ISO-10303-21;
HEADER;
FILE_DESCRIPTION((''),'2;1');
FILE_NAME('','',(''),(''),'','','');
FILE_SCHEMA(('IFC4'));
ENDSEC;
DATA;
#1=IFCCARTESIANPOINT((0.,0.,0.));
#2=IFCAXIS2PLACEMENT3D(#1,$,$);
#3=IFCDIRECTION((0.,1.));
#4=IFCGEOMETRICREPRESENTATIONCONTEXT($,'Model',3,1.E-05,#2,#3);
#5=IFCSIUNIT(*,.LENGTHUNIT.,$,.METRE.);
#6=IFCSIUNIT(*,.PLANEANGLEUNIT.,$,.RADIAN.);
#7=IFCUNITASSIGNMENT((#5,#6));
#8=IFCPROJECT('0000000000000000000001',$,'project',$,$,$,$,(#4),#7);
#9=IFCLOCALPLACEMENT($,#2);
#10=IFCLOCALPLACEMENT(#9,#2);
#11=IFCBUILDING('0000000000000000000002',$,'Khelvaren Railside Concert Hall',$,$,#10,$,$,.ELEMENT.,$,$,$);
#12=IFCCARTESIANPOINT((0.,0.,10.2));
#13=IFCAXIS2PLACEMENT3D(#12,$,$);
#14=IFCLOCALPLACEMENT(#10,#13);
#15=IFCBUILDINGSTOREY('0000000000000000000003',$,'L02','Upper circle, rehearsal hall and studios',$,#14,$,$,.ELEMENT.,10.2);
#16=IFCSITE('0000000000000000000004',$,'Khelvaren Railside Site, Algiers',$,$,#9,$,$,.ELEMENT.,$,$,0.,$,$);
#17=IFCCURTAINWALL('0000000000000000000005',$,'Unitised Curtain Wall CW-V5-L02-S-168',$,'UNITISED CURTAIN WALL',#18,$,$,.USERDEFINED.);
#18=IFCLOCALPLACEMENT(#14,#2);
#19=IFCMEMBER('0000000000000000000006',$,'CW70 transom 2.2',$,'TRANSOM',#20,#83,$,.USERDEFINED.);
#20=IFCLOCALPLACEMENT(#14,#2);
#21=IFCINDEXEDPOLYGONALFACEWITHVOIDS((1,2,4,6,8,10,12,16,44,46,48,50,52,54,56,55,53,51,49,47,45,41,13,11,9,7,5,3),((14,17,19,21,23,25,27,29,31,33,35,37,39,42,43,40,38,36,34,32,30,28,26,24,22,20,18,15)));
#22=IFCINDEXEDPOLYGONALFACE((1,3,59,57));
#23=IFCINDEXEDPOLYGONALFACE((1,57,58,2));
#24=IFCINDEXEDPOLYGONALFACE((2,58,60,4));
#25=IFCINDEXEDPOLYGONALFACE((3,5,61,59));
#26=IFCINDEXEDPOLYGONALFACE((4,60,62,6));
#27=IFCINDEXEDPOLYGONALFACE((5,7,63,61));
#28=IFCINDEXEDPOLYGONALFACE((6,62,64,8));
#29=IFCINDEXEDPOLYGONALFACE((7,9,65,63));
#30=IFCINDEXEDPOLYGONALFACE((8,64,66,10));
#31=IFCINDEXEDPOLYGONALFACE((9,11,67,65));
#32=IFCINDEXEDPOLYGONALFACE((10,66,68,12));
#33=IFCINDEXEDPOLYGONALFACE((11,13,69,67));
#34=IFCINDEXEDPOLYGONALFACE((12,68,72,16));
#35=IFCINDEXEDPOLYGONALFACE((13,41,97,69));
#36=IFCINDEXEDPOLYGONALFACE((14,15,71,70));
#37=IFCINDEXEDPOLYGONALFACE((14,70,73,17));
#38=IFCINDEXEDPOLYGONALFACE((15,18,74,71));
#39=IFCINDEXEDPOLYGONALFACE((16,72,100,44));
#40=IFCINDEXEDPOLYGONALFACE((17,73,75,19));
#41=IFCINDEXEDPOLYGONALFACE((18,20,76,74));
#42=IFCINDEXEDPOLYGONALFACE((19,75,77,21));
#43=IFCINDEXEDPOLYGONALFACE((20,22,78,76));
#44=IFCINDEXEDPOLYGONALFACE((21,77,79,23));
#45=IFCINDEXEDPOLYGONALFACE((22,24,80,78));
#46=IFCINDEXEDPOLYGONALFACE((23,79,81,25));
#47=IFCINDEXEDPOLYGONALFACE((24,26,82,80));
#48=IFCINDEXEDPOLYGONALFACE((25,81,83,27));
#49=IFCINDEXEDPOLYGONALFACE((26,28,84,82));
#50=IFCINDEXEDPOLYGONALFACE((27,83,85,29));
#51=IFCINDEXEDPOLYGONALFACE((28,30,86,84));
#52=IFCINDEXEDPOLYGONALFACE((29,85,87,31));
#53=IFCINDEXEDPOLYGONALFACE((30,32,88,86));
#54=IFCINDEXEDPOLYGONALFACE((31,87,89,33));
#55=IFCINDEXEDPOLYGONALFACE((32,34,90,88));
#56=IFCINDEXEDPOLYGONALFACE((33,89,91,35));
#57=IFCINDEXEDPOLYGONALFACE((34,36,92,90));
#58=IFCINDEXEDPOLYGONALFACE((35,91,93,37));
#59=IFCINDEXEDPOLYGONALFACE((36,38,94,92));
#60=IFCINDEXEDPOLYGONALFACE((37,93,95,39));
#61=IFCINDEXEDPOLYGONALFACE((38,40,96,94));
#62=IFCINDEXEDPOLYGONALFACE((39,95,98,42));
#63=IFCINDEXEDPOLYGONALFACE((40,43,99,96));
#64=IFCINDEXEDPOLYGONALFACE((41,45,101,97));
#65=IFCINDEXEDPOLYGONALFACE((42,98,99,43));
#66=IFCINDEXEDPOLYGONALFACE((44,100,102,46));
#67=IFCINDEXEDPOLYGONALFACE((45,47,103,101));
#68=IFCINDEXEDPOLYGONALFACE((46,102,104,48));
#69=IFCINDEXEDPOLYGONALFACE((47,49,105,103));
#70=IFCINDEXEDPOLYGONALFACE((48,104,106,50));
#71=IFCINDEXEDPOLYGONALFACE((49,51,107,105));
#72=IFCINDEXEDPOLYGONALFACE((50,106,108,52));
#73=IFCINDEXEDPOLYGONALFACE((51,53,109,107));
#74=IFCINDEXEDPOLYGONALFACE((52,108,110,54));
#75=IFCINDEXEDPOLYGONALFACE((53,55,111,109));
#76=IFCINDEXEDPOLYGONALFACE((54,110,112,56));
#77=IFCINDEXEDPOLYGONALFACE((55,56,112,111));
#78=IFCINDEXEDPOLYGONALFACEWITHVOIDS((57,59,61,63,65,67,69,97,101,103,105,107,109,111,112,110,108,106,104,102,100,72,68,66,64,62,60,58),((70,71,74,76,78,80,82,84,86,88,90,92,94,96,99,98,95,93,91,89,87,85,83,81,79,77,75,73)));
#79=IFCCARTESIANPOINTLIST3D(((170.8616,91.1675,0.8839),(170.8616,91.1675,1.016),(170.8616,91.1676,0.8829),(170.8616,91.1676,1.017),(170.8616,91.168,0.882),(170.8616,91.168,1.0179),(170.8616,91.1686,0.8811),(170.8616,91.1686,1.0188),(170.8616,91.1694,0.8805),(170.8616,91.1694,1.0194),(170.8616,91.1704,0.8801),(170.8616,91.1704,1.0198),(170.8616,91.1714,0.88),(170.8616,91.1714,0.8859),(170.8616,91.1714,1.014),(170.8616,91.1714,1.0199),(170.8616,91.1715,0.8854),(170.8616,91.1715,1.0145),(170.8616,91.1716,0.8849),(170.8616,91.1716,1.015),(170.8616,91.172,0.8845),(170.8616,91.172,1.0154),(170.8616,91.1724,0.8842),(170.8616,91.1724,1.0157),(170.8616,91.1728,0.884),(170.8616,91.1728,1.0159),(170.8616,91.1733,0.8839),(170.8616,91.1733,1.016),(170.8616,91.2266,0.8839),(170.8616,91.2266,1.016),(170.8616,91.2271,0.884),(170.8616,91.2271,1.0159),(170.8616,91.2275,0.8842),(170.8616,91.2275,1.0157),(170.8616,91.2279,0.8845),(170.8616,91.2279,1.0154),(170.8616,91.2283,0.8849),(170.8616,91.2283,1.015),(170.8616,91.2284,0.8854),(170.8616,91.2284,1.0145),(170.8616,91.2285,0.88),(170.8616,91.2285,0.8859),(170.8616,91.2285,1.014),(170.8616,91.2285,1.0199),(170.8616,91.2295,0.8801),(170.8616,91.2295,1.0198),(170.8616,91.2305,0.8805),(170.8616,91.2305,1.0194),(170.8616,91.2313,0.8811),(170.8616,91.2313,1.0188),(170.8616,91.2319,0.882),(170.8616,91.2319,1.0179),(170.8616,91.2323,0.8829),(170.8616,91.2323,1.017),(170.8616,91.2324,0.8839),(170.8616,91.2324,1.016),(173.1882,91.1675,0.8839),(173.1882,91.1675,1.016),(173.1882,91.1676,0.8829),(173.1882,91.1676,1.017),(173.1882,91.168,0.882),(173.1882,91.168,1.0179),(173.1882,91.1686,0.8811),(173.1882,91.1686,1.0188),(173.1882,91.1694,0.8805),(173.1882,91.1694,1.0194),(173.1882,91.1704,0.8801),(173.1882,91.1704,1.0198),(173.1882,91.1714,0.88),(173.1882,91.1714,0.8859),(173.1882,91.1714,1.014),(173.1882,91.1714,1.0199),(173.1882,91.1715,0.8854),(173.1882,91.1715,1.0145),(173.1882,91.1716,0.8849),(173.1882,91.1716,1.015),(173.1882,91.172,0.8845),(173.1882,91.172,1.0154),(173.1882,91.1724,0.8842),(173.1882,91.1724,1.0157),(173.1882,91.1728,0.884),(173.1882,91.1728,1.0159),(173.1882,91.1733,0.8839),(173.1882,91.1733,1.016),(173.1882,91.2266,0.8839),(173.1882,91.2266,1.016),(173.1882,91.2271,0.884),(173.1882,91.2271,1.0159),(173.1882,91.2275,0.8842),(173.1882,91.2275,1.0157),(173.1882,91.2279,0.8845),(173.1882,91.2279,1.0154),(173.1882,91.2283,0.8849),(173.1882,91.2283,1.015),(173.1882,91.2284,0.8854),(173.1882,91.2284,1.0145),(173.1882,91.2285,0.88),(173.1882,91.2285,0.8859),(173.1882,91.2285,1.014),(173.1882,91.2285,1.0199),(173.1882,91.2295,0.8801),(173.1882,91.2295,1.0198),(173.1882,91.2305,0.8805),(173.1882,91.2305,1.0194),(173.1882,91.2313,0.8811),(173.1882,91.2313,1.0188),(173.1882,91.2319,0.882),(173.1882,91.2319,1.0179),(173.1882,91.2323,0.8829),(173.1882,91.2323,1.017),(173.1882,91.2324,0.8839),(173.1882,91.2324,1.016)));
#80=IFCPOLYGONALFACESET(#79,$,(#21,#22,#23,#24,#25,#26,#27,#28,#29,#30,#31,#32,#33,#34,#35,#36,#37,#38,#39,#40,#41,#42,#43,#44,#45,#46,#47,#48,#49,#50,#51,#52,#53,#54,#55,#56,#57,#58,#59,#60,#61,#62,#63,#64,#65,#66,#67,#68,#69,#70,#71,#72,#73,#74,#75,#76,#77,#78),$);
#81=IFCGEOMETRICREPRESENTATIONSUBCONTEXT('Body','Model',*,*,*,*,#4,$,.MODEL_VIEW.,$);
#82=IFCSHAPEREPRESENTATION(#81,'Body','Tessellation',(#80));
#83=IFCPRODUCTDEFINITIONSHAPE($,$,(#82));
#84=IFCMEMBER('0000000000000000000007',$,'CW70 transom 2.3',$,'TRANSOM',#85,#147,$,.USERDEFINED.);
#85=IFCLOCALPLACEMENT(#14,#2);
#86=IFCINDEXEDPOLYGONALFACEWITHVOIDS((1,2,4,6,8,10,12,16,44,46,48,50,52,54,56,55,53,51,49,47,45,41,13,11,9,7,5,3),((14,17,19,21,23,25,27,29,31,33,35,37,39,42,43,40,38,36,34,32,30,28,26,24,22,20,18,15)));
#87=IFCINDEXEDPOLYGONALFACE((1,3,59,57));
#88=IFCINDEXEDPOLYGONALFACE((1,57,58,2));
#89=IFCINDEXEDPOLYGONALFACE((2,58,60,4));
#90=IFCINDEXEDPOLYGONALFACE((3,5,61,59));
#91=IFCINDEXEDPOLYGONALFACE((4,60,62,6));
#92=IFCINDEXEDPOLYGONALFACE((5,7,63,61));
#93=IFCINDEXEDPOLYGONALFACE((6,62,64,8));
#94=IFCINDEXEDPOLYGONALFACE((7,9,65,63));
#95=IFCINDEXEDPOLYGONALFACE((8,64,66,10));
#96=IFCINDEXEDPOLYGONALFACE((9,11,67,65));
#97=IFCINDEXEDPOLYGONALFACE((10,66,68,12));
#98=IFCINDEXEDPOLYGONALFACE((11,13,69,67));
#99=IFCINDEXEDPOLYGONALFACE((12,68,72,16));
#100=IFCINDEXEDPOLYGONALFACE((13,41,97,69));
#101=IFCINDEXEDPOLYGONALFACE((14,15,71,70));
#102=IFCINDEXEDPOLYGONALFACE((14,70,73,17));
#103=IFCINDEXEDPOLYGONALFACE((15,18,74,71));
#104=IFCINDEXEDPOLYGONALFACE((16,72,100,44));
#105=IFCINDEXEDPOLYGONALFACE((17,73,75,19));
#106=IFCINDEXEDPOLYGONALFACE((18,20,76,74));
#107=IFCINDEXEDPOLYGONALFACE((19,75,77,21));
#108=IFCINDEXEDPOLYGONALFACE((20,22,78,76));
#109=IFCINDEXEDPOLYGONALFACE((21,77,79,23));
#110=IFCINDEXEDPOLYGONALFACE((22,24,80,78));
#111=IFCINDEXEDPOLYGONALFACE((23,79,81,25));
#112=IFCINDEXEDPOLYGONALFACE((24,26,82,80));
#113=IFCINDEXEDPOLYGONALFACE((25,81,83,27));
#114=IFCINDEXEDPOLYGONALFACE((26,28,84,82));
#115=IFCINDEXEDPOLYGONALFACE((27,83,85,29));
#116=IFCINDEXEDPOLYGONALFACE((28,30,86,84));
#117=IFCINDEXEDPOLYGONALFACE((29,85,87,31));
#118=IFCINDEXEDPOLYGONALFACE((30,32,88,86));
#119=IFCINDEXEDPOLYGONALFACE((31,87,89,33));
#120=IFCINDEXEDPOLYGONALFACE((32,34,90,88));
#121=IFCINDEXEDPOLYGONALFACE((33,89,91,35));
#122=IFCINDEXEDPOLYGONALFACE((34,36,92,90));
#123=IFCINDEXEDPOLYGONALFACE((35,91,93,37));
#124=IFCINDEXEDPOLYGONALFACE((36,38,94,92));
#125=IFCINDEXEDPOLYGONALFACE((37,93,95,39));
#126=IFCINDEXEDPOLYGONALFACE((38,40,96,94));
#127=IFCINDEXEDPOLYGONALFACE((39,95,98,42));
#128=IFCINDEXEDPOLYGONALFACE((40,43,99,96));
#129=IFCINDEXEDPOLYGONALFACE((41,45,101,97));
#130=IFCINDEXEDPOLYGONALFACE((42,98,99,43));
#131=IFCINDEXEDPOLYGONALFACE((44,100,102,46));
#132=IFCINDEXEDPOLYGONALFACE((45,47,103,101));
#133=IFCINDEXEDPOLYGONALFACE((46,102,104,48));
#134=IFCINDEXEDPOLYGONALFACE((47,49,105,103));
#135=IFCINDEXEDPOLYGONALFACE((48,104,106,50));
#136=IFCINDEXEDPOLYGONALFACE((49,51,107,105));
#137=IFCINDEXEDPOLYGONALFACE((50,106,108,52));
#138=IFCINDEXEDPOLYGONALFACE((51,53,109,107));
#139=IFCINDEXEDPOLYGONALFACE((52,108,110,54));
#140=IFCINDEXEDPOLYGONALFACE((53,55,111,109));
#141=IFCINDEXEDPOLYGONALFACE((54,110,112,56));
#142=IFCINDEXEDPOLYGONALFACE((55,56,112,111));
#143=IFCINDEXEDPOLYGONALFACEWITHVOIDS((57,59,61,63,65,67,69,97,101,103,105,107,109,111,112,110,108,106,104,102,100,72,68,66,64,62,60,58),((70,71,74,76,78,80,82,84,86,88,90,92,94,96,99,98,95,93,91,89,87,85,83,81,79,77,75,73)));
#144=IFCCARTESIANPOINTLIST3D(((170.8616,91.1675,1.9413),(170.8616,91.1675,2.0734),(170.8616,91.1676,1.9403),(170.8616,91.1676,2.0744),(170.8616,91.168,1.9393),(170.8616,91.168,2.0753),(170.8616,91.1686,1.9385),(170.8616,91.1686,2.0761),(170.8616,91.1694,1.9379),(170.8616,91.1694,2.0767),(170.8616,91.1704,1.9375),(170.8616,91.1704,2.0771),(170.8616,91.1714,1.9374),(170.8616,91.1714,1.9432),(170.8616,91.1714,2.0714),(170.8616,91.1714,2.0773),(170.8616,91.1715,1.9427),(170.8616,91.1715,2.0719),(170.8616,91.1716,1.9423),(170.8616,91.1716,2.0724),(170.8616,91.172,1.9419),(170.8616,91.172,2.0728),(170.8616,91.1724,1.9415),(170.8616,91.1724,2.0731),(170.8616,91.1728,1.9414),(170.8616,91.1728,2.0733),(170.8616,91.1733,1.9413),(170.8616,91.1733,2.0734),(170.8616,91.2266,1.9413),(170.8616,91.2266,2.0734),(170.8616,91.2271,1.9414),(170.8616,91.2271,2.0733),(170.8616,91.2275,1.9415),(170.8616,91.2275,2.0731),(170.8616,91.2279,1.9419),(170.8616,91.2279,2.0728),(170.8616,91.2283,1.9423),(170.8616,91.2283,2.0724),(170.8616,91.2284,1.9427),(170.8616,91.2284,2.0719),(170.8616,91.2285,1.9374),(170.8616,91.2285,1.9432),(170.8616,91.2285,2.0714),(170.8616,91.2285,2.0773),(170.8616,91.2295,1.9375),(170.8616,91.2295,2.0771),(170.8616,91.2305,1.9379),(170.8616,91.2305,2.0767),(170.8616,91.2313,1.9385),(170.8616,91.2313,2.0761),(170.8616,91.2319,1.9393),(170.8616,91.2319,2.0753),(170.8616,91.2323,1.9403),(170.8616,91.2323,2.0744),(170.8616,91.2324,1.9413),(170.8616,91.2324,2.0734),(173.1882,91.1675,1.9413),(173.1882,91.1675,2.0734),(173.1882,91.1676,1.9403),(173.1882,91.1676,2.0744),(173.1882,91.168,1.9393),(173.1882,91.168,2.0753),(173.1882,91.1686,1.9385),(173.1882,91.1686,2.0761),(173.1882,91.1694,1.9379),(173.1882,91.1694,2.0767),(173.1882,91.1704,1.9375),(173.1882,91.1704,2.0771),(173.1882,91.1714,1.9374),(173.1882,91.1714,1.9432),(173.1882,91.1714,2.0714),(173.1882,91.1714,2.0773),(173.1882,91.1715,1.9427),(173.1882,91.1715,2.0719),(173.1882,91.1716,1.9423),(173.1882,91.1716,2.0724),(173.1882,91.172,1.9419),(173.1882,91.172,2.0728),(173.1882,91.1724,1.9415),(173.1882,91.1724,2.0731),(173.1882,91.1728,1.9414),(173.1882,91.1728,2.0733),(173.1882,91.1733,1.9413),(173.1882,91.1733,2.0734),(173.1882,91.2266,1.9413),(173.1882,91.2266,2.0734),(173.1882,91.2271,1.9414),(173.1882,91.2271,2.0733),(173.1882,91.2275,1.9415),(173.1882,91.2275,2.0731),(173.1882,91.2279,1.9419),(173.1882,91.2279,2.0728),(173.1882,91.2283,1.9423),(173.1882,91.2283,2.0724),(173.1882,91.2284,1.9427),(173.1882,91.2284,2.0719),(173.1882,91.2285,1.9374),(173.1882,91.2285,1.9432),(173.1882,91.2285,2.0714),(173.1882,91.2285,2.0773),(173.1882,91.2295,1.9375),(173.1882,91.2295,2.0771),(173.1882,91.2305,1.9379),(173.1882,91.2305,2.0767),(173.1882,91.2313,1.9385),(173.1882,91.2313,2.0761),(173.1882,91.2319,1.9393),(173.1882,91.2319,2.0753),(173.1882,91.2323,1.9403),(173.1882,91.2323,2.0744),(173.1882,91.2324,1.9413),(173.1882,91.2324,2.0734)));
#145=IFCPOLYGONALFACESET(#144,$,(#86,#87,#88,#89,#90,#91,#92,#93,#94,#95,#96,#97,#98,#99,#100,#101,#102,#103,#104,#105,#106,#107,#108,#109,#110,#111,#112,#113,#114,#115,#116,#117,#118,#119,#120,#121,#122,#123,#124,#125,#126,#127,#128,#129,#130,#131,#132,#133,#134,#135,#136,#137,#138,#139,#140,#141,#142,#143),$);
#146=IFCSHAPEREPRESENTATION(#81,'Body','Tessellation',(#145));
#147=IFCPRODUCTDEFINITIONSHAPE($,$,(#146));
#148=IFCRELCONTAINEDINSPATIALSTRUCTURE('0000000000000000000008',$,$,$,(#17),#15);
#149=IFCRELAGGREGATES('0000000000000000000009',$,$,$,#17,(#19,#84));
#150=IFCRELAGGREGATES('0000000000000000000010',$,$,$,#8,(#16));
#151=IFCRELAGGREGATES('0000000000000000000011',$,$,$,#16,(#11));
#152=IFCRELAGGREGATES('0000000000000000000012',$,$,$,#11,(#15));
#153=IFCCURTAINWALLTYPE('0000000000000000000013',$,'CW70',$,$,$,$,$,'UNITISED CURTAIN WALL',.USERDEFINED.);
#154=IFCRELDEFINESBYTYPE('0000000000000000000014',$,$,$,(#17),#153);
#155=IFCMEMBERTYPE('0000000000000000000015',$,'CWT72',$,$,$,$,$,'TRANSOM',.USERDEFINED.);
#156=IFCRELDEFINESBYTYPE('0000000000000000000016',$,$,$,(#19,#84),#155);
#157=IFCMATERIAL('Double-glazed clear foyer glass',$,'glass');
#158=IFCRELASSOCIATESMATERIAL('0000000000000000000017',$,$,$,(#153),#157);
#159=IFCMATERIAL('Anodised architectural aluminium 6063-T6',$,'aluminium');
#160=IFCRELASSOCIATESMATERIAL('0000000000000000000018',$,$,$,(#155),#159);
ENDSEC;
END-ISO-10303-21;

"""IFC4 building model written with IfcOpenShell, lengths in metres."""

from ifc_helpers import new_model, si_unit, direction, frame, origin, origin_2d, place, context, subcontext, project, spatial, hollow_rectangle, extrude, material, material_profile, profile_set, type_object, element, aggregate, save


model = new_model("IFC4")

# Units and contexts
model_context = context("Model", 3, precision=1e-05, world=origin(), true_north=direction((0.0, 1.0)))
body_context = subcontext(model_context, "Body", "Model", "MODEL_VIEW")
ifc_project = project(units=[si_unit("LENGTHUNIT", "METRE"), si_unit("PLANEANGLEUNIT", "RADIAN")], contexts=[model_context])

# Site, building, storey
site_placement = place(None, origin())
site = spatial("IfcSite", under=ifc_project, at=site_placement, Name="Khelvaren Railside Site, Algiers", CompositionType="ELEMENT", RefElevation=0.0)
building_placement = place(site_placement, origin())
building = spatial("IfcBuilding", under=site, at=building_placement, Name="Khelvaren Railside Concert Hall", CompositionType="ELEMENT")
storey_placement = place(building_placement, frame((0.0, 0.0, 10.2)))
storey = spatial("IfcBuildingStorey", under=building, at=storey_placement, Name="L02", Description="Upper circle, rehearsal hall and studios", CompositionType="ELEMENT", Elevation=10.2)

# Curtain wall, members
ifc_material_1 = material(Name="Double-glazed clear foyer glass", Category="glass")
curtain_wall_type = type_object("IfcCurtainWallType", Name="CW70", ElementType="UNITISED CURTAIN WALL", PredefinedType="USERDEFINED", material=ifc_material_1)
curtain_wall_placement = place(storey_placement, origin())
curtain_wall = element("IfcCurtainWall", 1, at=curtain_wall_placement, inside=storey, type_object=curtain_wall_type, Name="Unitised Curtain Wall CW-V5-L02-S-168", ObjectType="UNITISED CURTAIN WALL", PredefinedType="USERDEFINED")
ifc_material_2 = material(Name="Anodised architectural aluminium 6063-T6", Category="aluminium")
ifc_material_profile_1 = material_profile(ifc_material_2, hollow_rectangle(XDim=0.0649, YDim=0.1399, WallThickness=0.0039, InnerFilletRadius=0.002, OuterFilletRadius=0.0039, at=origin_2d()), Name="CWT 65x140x4")
ifc_profile_set_1 = profile_set([ifc_material_profile_1], Name="Anodised architectural aluminium 6063-T6")
member_type_1 = type_object("IfcMemberType", Name="CWT72", ElementType="TRANSOM", PredefinedType="USERDEFINED", material=ifc_profile_set_1)
member_1_placement = place(storey_placement, frame((173.1882, 91.2, 0.95), z_axis=(-1.0, 0.0, 0.0), x_axis=(0.0, -1.0, 0.0)))
member_1 = element("IfcMember", 2, at=member_1_placement, type_object=member_type_1, Name="CW70 transom 2.2", ObjectType="TRANSOM", PredefinedType="USERDEFINED", context=body_context, shape_type="SweptSolid", body=[
    extrude(hollow_rectangle(XDim=0.0649, YDim=0.1399, WallThickness=0.0039, InnerFilletRadius=0.002, OuterFilletRadius=0.0039, at=origin_2d()), origin(), (0.0, 0.0, 1.0), 2.3267),
])
member_2_placement = place(storey_placement, frame((173.1882, 91.2, 2.0073), z_axis=(-1.0, 0.0, 0.0), x_axis=(0.0, -1.0, 0.0)))
member_2 = element("IfcMember", 3, at=member_2_placement, type_object=member_type_1, Name="CW70 transom 2.3", ObjectType="TRANSOM", PredefinedType="USERDEFINED", context=body_context, shape_type="SweptSolid", body=[
    extrude(hollow_rectangle(XDim=0.0649, YDim=0.1399, WallThickness=0.0039, InnerFilletRadius=0.002, OuterFilletRadius=0.0039, at=origin_2d()), origin(), (0.0, 0.0, 1.0), 2.3267),
])

aggregate(curtain_wall, [member_1, member_2])

save(model, "model.ifc")
